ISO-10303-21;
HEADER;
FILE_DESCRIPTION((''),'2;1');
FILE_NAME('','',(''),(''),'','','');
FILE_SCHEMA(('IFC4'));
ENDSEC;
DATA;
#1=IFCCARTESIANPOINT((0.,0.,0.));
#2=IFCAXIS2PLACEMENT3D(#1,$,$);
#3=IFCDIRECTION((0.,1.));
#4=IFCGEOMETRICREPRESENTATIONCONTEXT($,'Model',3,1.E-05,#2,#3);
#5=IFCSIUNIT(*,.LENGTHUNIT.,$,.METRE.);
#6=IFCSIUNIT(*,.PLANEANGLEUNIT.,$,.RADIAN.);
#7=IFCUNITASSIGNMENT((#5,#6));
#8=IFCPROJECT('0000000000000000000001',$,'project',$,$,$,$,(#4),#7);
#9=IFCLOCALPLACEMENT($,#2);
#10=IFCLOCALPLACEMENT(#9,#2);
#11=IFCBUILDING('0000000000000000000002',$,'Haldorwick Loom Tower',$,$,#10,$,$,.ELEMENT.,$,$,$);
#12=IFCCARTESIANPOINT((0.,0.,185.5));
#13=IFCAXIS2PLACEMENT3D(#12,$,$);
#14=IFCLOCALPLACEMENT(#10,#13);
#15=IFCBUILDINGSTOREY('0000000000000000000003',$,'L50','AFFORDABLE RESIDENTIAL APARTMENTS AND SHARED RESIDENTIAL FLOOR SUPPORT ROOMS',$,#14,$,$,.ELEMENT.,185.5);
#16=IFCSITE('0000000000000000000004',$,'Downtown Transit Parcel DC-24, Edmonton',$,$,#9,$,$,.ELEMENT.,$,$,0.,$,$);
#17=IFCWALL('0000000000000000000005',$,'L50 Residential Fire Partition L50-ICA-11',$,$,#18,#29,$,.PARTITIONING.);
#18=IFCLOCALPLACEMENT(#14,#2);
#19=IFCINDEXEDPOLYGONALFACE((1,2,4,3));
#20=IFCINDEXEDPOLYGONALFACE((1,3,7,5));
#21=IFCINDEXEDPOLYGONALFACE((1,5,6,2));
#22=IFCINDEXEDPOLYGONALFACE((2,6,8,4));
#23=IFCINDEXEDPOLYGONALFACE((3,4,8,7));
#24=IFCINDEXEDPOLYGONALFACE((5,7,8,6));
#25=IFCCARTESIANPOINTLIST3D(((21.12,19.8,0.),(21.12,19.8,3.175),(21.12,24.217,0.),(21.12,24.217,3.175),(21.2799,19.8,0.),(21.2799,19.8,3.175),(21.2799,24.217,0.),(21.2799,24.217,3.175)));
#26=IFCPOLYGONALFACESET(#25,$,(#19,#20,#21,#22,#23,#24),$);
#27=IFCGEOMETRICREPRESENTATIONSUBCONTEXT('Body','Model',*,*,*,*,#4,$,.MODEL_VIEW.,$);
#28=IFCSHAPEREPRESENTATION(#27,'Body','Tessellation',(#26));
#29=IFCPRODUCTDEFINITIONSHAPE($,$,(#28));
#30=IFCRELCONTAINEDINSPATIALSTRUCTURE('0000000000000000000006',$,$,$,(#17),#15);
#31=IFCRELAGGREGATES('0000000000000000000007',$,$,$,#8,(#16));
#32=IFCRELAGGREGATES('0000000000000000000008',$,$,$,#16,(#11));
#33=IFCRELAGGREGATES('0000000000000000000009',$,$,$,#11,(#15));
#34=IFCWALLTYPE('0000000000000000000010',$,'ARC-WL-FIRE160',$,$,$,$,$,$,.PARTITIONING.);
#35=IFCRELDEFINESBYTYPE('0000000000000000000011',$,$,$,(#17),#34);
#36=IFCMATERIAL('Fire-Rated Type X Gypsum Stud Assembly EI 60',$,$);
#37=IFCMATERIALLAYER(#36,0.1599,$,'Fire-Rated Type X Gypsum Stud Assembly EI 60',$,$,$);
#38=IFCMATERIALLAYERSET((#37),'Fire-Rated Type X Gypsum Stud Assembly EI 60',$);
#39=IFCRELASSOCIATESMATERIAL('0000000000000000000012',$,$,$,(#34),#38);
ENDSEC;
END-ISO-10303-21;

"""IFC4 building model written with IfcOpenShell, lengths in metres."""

from ifc_helpers import new_model, si_unit, direction, frame, frame_2d, origin, place, context, subcontext, project, spatial, rectangle, extrude, material, layer, layer_set, type_object, element, save


model = new_model("IFC4")

# Units and contexts
model_context = context("Model", 3, precision=1e-05, world=origin(), true_north=direction((0.0, 1.0)))
body_context = subcontext(model_context, "Body", "Model", "MODEL_VIEW")
ifc_project = project(units=[si_unit("LENGTHUNIT", "METRE"), si_unit("PLANEANGLEUNIT", "RADIAN")], contexts=[model_context])

# Site, building, storey
site_placement = place(None, origin())
site = spatial("IfcSite", under=ifc_project, at=site_placement, Name="Downtown Transit Parcel DC-24, Edmonton", CompositionType="ELEMENT", RefElevation=0.0)
building_placement = place(site_placement, origin())
building = spatial("IfcBuilding", under=site, at=building_placement, Name="Haldorwick Loom Tower", CompositionType="ELEMENT")
storey_placement = place(building_placement, frame((0.0, 0.0, 185.5)))
storey = spatial("IfcBuildingStorey", under=building, at=storey_placement, Name="L50", Description="AFFORDABLE RESIDENTIAL APARTMENTS AND SHARED RESIDENTIAL FLOOR SUPPORT ROOMS", CompositionType="ELEMENT", Elevation=185.5)

# Shared definitions
ifc_material_1 = material(Name="Fire-Rated Type X Gypsum Stud Assembly EI 60")
ifc_layer_1 = layer(ifc_material_1, 0.1599, Name="Fire-Rated Type X Gypsum Stud Assembly EI 60")
ifc_layer_set_1 = layer_set([ifc_layer_1], Name="Fire-Rated Type X Gypsum Stud Assembly EI 60")
wall_type_1 = type_object("IfcWallType", Name="ARC-WL-FIRE160", PredefinedType="PARTITIONING", material=ifc_layer_set_1)

# Wall
wall_1_placement = place(storey_placement, frame((21.2, 24.217, 0.0), z_axis=(0.0, 0.0, 1.0), x_axis=(0.0, -1.0, 0.0)))
element("IfcWall", 1, at=wall_1_placement, inside=storey, type_object=wall_type_1, Name="L50 Residential Fire Partition L50-ICA-11", PredefinedType="PARTITIONING", context=body_context, shape_type="SweptSolid", body=[
    extrude(rectangle(XDim=4.417, YDim=0.1599, at=frame_2d((2.2085, 0.0))), origin(), (0.0, 0.0, 1.0), 3.175),
])

save(model, "model.ifc")
